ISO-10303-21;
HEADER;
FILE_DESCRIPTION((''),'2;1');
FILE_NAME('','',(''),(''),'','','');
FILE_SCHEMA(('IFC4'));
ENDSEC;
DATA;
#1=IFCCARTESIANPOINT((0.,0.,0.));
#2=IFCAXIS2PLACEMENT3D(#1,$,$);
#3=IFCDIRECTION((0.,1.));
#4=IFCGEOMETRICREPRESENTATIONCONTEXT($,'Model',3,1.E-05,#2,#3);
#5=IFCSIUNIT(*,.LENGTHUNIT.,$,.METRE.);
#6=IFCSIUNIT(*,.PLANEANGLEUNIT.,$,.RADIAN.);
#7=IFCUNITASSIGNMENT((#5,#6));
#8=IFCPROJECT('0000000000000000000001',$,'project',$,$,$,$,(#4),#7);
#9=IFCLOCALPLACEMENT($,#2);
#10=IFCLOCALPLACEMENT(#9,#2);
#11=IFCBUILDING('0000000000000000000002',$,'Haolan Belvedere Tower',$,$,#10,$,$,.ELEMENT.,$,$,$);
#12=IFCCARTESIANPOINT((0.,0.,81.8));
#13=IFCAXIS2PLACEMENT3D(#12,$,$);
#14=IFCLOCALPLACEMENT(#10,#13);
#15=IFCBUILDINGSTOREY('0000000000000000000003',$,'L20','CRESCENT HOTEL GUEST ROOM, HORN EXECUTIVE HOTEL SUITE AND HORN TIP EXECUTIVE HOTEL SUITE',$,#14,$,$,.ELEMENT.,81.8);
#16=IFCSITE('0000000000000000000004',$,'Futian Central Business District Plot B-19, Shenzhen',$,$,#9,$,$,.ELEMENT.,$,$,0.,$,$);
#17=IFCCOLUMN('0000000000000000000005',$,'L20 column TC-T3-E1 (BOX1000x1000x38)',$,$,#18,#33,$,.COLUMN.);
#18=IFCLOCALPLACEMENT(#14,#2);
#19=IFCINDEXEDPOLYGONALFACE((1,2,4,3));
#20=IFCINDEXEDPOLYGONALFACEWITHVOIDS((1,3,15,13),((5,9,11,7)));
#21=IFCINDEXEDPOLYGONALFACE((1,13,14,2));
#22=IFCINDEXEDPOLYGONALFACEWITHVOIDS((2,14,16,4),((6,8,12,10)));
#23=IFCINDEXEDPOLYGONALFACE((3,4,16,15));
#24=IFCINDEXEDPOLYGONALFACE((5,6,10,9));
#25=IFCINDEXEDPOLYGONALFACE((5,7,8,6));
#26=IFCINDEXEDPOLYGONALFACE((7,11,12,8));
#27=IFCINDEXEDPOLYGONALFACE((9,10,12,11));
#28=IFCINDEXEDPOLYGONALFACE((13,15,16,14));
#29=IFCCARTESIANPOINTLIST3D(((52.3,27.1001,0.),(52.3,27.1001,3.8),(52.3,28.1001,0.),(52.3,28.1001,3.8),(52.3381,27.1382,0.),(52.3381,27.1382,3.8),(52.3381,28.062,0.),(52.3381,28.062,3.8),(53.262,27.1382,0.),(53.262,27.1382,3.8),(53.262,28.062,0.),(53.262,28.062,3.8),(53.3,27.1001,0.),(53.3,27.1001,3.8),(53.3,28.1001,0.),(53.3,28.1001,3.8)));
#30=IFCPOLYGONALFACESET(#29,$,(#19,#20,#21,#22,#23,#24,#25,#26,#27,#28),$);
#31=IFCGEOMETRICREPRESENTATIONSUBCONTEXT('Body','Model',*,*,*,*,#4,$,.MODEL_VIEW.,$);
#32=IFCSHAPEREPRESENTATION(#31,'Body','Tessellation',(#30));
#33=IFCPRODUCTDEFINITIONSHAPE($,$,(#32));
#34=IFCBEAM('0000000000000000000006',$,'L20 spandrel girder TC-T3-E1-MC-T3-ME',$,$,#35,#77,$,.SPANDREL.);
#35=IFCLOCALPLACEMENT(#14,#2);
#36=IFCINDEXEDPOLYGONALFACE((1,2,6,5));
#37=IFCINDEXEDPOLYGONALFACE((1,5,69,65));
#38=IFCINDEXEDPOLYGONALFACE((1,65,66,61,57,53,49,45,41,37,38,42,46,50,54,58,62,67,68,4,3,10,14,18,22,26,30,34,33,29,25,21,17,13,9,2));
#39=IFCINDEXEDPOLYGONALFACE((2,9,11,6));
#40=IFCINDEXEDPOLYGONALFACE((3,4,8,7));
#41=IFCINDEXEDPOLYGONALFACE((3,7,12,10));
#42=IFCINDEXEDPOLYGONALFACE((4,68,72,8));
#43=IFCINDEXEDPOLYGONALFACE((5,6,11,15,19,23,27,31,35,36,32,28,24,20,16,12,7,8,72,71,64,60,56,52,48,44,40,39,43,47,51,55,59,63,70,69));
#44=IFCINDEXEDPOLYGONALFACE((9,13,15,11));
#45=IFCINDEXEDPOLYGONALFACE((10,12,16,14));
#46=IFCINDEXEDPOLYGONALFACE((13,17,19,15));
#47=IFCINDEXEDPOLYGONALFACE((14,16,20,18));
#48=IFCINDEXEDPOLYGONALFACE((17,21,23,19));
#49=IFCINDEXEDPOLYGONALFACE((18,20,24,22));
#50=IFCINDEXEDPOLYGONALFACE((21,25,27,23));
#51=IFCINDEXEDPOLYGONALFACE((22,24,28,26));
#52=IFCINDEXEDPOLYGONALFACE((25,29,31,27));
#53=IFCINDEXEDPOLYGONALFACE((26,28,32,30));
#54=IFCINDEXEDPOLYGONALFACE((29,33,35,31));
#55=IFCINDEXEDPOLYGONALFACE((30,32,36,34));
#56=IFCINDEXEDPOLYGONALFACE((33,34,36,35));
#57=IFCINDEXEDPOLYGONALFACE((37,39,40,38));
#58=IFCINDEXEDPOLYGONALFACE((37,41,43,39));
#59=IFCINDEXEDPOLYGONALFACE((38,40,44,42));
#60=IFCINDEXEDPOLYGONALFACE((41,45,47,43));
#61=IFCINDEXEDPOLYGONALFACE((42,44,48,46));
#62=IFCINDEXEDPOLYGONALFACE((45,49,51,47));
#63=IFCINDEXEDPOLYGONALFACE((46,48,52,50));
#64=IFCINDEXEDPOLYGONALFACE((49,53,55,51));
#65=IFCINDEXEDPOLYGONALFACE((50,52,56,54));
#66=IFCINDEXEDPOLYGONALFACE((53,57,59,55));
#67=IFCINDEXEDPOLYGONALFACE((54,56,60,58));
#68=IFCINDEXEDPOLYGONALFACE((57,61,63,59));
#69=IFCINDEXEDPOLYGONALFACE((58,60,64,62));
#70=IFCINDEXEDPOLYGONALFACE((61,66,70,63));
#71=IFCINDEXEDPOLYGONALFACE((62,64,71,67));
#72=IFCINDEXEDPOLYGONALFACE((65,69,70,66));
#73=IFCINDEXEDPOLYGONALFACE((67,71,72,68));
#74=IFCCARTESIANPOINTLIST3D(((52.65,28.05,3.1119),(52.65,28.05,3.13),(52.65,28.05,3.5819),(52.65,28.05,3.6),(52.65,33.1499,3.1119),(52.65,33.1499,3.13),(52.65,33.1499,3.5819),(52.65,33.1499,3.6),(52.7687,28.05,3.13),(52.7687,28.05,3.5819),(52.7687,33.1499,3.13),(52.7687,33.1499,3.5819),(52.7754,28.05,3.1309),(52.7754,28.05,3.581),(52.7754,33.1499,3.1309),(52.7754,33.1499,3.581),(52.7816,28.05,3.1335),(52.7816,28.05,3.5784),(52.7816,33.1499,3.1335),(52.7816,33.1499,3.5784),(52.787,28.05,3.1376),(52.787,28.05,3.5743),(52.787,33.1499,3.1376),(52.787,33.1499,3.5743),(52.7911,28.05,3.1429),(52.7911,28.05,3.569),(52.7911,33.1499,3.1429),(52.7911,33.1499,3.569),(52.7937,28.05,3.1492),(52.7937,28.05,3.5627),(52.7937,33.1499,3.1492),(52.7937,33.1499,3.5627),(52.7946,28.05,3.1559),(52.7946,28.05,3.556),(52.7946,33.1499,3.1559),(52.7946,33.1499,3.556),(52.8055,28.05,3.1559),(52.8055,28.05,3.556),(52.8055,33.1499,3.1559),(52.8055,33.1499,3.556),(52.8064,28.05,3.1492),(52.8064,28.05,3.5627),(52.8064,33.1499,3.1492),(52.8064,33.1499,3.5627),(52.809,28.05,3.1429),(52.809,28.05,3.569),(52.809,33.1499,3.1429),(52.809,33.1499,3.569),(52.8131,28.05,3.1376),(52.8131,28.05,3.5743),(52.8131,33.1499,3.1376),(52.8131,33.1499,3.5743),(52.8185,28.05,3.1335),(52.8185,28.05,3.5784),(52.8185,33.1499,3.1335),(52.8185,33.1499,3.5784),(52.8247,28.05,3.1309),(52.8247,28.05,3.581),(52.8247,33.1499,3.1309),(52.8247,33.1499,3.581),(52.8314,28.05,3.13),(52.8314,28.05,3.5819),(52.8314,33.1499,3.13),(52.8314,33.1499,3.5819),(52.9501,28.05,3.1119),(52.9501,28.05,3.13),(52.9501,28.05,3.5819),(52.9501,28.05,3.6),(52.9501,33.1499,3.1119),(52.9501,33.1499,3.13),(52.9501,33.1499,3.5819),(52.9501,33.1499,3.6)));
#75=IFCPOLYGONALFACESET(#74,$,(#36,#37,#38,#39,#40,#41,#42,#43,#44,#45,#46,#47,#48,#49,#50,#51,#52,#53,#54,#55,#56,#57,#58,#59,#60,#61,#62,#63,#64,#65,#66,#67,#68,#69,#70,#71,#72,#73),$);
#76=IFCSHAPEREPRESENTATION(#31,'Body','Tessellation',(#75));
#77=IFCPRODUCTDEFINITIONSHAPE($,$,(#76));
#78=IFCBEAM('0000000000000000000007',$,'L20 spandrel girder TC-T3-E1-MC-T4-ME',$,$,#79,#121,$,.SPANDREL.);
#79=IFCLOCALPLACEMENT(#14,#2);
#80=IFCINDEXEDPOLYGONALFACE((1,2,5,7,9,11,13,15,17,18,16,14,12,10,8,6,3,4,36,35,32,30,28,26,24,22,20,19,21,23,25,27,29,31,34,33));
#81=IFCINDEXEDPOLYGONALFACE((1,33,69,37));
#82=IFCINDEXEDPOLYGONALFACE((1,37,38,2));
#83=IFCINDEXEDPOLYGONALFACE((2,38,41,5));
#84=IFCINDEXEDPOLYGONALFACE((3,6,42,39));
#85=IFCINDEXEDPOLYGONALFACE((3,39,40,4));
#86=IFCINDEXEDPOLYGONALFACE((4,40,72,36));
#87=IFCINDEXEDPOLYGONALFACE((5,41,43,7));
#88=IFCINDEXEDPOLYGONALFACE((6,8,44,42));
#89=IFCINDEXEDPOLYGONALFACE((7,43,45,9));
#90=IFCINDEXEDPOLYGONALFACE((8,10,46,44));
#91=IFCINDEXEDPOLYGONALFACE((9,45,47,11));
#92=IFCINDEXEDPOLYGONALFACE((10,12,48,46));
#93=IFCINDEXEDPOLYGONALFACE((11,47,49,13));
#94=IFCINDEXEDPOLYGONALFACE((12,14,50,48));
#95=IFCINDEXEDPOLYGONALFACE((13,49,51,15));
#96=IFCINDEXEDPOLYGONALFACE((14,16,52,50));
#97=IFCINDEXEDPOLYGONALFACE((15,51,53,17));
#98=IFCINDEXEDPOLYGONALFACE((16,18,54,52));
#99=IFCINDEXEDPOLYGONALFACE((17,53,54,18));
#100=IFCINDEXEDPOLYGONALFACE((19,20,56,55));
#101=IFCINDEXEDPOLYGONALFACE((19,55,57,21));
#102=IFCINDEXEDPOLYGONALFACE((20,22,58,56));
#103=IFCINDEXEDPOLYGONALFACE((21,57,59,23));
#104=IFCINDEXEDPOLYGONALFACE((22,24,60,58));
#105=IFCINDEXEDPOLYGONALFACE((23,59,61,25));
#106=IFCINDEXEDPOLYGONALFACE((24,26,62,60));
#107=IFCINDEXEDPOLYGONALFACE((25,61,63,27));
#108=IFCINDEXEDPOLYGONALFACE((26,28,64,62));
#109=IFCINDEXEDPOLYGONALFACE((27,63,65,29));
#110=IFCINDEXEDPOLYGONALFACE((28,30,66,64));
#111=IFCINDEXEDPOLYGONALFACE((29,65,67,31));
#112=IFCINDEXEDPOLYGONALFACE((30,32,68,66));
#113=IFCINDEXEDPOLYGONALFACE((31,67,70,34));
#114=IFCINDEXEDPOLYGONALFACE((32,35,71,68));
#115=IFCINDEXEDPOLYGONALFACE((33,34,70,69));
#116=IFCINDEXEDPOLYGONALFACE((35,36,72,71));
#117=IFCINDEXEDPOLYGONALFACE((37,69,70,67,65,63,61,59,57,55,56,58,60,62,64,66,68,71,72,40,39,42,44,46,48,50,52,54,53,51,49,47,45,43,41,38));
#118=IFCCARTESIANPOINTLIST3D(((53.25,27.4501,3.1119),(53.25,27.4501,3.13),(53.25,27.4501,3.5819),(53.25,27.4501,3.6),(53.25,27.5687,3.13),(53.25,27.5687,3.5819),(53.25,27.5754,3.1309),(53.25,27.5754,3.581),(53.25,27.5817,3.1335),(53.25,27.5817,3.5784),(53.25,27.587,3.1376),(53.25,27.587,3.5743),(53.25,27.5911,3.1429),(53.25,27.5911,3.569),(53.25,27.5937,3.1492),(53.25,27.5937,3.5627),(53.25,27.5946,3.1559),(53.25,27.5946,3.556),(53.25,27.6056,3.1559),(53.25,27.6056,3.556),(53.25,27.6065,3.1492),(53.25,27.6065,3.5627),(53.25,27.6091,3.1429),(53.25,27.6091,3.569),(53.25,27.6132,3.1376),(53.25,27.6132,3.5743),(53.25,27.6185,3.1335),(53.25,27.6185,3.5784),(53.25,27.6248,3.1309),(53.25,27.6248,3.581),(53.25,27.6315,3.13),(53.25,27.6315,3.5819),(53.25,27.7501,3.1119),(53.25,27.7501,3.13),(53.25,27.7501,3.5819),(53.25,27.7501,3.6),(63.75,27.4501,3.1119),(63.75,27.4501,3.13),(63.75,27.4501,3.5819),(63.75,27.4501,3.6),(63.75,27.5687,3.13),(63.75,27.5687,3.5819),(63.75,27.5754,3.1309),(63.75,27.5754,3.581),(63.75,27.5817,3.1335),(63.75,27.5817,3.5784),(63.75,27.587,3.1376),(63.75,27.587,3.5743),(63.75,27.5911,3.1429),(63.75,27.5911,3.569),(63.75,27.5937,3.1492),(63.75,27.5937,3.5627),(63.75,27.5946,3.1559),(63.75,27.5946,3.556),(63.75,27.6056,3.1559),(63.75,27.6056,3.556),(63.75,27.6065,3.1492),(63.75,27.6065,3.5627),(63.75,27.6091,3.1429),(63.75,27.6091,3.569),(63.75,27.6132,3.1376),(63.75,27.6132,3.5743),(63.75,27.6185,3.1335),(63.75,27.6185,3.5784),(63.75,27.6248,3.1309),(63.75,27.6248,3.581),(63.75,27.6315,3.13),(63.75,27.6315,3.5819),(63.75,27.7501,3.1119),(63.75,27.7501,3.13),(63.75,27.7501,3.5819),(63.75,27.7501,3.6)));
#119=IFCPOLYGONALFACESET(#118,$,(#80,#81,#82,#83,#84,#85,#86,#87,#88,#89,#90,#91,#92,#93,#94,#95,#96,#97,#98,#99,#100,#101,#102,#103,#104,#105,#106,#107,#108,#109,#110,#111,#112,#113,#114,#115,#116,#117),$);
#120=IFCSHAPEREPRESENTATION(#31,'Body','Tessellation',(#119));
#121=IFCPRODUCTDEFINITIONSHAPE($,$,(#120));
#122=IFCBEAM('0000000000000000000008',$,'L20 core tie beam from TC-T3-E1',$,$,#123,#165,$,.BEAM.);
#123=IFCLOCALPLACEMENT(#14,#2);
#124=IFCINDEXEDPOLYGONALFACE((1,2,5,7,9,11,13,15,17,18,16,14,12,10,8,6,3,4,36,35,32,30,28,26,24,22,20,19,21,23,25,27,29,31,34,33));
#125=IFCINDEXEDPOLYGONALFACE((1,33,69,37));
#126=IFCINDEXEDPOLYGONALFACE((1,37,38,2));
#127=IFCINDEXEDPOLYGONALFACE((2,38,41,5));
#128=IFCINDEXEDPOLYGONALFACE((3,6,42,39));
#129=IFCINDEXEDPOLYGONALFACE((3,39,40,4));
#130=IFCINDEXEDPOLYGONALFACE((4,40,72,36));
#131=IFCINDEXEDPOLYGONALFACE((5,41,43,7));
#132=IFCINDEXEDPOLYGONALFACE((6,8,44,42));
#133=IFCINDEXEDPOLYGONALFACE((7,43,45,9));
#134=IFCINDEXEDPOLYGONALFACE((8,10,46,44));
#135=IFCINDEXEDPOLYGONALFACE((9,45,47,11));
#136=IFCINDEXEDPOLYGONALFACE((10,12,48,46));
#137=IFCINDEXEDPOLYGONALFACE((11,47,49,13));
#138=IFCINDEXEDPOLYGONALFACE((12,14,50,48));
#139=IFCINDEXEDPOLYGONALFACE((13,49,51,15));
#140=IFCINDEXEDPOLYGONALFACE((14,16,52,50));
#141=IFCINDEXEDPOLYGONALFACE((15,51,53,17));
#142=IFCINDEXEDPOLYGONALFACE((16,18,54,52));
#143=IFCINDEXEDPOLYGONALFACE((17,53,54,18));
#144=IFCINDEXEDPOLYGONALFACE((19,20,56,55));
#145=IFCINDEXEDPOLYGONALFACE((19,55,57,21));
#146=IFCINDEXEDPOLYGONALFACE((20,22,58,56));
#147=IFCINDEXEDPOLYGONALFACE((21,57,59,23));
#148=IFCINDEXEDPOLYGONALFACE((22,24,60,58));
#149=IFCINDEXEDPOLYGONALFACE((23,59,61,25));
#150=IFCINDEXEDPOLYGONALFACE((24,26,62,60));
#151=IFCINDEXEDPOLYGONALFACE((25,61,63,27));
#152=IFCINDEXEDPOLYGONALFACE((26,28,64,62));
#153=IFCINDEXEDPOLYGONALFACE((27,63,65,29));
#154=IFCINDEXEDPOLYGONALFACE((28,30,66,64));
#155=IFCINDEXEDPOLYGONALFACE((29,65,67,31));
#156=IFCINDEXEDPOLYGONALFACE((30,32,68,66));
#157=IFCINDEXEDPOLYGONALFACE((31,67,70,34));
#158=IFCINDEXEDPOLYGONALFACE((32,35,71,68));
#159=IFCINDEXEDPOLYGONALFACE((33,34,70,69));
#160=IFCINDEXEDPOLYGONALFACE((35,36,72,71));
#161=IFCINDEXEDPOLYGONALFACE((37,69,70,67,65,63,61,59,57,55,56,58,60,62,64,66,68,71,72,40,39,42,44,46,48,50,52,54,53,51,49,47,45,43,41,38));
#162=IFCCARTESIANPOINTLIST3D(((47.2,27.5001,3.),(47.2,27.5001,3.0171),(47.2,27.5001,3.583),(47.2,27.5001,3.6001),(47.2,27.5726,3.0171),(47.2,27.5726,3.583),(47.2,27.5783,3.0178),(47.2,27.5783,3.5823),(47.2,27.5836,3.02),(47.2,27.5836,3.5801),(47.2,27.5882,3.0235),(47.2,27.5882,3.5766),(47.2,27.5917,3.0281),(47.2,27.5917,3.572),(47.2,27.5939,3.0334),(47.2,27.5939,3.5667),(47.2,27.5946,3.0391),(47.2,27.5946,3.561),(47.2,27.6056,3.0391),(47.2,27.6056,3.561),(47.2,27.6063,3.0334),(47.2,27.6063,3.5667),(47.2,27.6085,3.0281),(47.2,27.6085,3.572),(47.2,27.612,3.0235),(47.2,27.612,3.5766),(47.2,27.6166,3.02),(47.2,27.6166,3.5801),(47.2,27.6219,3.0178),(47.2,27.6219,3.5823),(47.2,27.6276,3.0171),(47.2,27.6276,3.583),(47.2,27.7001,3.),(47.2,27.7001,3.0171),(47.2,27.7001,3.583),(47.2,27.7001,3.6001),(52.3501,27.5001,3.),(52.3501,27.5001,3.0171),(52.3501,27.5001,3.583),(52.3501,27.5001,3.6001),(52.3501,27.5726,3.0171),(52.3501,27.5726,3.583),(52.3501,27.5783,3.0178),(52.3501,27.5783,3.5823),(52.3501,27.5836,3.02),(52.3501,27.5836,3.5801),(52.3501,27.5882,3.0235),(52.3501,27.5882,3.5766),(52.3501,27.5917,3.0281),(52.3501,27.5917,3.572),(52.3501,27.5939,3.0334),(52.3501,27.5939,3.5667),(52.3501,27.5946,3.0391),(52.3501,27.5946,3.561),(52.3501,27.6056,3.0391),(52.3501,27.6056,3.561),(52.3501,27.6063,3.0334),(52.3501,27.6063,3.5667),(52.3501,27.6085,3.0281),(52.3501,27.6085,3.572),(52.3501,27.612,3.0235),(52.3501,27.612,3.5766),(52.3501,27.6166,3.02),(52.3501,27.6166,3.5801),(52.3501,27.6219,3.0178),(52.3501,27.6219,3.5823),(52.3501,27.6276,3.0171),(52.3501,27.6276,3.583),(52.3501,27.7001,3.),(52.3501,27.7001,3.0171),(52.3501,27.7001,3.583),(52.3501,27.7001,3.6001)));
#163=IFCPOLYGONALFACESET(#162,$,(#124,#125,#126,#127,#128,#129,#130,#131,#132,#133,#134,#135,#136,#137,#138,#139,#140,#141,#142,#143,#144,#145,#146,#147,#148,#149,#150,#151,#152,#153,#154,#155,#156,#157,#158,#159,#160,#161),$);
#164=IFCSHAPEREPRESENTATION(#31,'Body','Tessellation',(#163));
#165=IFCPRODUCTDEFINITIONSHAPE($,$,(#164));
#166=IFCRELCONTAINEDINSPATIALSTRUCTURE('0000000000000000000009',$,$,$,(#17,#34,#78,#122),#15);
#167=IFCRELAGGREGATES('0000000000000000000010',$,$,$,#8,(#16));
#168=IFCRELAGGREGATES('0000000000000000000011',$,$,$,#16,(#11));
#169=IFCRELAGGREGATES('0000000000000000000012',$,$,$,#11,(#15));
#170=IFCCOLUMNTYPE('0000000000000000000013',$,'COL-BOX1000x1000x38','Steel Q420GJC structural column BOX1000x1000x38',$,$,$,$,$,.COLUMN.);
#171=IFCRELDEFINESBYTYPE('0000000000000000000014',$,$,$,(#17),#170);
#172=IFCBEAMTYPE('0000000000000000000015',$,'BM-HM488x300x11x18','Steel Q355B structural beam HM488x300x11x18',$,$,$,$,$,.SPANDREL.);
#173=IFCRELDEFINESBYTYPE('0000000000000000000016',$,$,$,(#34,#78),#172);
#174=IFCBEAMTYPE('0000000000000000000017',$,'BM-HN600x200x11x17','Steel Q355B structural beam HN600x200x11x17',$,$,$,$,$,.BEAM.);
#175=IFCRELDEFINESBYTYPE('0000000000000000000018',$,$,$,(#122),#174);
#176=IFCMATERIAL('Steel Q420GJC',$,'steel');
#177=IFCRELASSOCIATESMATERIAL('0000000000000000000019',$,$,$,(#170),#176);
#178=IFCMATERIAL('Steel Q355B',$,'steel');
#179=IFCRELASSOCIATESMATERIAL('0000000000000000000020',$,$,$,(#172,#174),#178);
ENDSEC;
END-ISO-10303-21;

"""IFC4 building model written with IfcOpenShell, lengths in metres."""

from ifc_helpers import new_model, si_unit, direction, frame, origin, origin_2d, place, context, subcontext, project, spatial, hollow_rectangle, i_section, extrude, material, material_profile, profile_set, type_object, element, save


model = new_model("IFC4")

# Units and contexts
model_context = context("Model", 3, precision=1e-05, world=origin(), true_north=direction((0.0, 1.0)))
body_context = subcontext(model_context, "Body", "Model", "MODEL_VIEW")
ifc_project = project(units=[si_unit("LENGTHUNIT", "METRE"), si_unit("PLANEANGLEUNIT", "RADIAN")], contexts=[model_context])

# Site, building, storey
site_placement = place(None, origin())
site = spatial("IfcSite", under=ifc_project, at=site_placement, Name="Futian Central Business District Plot B-19, Shenzhen", CompositionType="ELEMENT", RefElevation=0.0)
building_placement = place(site_placement, origin())
building = spatial("IfcBuilding", under=site, at=building_placement, Name="Haolan Belvedere Tower", CompositionType="ELEMENT")
storey_placement = place(building_placement, frame((0.0, 0.0, 81.8)))
storey = spatial("IfcBuildingStorey", under=building, at=storey_placement, Name="L20", Description="CRESCENT HOTEL GUEST ROOM, HORN EXECUTIVE HOTEL SUITE AND HORN TIP EXECUTIVE HOTEL SUITE", CompositionType="ELEMENT", Elevation=81.8)

# Column
ifc_material_1 = material(Name="Steel Q420GJC", Category="steel")
ifc_material_profile_1 = material_profile(ifc_material_1, hollow_rectangle(XDim=1.0, YDim=1.0, WallThickness=0.0381, at=origin_2d()), Name="Steel Q420GJC")
ifc_profile_set_1 = profile_set([ifc_material_profile_1], Name="Steel Q420GJC")
column_type = type_object("IfcColumnType", Name="COL-BOX1000x1000x38", Description="Steel Q420GJC structural column BOX1000x1000x38", PredefinedType="COLUMN", material=ifc_profile_set_1)
column_placement = place(storey_placement, frame((52.8, 27.6001, 0.0), z_axis=(0.0, 0.0, 1.0), x_axis=(1.0, 0.0, 0.0)))
element("IfcColumn", 1, at=column_placement, inside=storey, type_object=column_type, Name="L20 column TC-T3-E1 (BOX1000x1000x38)", PredefinedType="COLUMN", context=body_context, shape_type="SweptSolid", body=[
    extrude(hollow_rectangle(XDim=1.0, YDim=1.0, WallThickness=0.0381, at=origin_2d()), origin(), (0.0, 0.0, 1.0), 3.8),
])

# Beams
ifc_material_2 = material(Name="Steel Q355B", Category="steel")
ifc_material_profile_2 = material_profile(ifc_material_2, i_section(OverallWidth=0.3, OverallDepth=0.488, WebThickness=0.011, FlangeThickness=0.0181, FilletRadius=0.0259, at=origin_2d()), Name="Steel Q355B")
ifc_profile_set_2 = profile_set([ifc_material_profile_2], Name="Steel Q355B")
beam_type_1 = type_object("IfcBeamType", Name="BM-HM488x300x11x18", Description="Steel Q355B structural beam HM488x300x11x18", PredefinedType="SPANDREL", material=ifc_profile_set_2)
beam_1_placement = place(storey_placement, frame((52.8, 28.05, 3.356), z_axis=(0.0, 1.0, 0.0), x_axis=(-1.0, 0.0, 0.0)))
element("IfcBeam", 2, at=beam_1_placement, inside=storey, type_object=beam_type_1, Name="L20 spandrel girder TC-T3-E1-MC-T3-ME", PredefinedType="SPANDREL", context=body_context, shape_type="SweptSolid", body=[
    extrude(i_section(OverallWidth=0.3, OverallDepth=0.488, WebThickness=0.011, FlangeThickness=0.0181, FilletRadius=0.0259, at=origin_2d()), origin(), (0.0, 0.0, 1.0), 5.0999),
])
beam_2_placement = place(storey_placement, frame((53.25, 27.6001, 3.356), z_axis=(1.0, 0.0, 0.0), x_axis=(0.0, 1.0, 0.0)))
element("IfcBeam", 3, at=beam_2_placement, inside=storey, type_object=beam_type_1, Name="L20 spandrel girder TC-T3-E1-MC-T4-ME", PredefinedType="SPANDREL", context=body_context, shape_type="SweptSolid", body=[
    extrude(i_section(OverallWidth=0.3, OverallDepth=0.488, WebThickness=0.011, FlangeThickness=0.0181, FilletRadius=0.0259, at=origin_2d()), origin(), (0.0, 0.0, 1.0), 10.5),
])
ifc_material_profile_3 = material_profile(ifc_material_2, i_section(OverallWidth=0.2, OverallDepth=0.6001, WebThickness=0.011, FlangeThickness=0.0171, FilletRadius=0.022, at=origin_2d()), Name="Steel Q355B")
ifc_profile_set_3 = profile_set([ifc_material_profile_3], Name="Steel Q355B")
beam_type_2 = type_object("IfcBeamType", Name="BM-HN600x200x11x17", Description="Steel Q355B structural beam HN600x200x11x17", PredefinedType="BEAM", material=ifc_profile_set_3)
beam_3_placement = place(storey_placement, frame((52.3501, 27.6001, 3.3), z_axis=(-1.0, 0.0, 0.0), x_axis=(0.0, -1.0, 0.0)))
element("IfcBeam", 4, at=beam_3_placement, inside=storey, type_object=beam_type_2, Name="L20 core tie beam from TC-T3-E1", PredefinedType="BEAM", context=body_context, shape_type="SweptSolid", body=[
    extrude(i_section(OverallWidth=0.2, OverallDepth=0.6001, WebThickness=0.011, FlangeThickness=0.0171, FilletRadius=0.022, at=origin_2d()), origin(), (0.0, 0.0, 1.0), 5.1501),
])

save(model, "model.ifc")
